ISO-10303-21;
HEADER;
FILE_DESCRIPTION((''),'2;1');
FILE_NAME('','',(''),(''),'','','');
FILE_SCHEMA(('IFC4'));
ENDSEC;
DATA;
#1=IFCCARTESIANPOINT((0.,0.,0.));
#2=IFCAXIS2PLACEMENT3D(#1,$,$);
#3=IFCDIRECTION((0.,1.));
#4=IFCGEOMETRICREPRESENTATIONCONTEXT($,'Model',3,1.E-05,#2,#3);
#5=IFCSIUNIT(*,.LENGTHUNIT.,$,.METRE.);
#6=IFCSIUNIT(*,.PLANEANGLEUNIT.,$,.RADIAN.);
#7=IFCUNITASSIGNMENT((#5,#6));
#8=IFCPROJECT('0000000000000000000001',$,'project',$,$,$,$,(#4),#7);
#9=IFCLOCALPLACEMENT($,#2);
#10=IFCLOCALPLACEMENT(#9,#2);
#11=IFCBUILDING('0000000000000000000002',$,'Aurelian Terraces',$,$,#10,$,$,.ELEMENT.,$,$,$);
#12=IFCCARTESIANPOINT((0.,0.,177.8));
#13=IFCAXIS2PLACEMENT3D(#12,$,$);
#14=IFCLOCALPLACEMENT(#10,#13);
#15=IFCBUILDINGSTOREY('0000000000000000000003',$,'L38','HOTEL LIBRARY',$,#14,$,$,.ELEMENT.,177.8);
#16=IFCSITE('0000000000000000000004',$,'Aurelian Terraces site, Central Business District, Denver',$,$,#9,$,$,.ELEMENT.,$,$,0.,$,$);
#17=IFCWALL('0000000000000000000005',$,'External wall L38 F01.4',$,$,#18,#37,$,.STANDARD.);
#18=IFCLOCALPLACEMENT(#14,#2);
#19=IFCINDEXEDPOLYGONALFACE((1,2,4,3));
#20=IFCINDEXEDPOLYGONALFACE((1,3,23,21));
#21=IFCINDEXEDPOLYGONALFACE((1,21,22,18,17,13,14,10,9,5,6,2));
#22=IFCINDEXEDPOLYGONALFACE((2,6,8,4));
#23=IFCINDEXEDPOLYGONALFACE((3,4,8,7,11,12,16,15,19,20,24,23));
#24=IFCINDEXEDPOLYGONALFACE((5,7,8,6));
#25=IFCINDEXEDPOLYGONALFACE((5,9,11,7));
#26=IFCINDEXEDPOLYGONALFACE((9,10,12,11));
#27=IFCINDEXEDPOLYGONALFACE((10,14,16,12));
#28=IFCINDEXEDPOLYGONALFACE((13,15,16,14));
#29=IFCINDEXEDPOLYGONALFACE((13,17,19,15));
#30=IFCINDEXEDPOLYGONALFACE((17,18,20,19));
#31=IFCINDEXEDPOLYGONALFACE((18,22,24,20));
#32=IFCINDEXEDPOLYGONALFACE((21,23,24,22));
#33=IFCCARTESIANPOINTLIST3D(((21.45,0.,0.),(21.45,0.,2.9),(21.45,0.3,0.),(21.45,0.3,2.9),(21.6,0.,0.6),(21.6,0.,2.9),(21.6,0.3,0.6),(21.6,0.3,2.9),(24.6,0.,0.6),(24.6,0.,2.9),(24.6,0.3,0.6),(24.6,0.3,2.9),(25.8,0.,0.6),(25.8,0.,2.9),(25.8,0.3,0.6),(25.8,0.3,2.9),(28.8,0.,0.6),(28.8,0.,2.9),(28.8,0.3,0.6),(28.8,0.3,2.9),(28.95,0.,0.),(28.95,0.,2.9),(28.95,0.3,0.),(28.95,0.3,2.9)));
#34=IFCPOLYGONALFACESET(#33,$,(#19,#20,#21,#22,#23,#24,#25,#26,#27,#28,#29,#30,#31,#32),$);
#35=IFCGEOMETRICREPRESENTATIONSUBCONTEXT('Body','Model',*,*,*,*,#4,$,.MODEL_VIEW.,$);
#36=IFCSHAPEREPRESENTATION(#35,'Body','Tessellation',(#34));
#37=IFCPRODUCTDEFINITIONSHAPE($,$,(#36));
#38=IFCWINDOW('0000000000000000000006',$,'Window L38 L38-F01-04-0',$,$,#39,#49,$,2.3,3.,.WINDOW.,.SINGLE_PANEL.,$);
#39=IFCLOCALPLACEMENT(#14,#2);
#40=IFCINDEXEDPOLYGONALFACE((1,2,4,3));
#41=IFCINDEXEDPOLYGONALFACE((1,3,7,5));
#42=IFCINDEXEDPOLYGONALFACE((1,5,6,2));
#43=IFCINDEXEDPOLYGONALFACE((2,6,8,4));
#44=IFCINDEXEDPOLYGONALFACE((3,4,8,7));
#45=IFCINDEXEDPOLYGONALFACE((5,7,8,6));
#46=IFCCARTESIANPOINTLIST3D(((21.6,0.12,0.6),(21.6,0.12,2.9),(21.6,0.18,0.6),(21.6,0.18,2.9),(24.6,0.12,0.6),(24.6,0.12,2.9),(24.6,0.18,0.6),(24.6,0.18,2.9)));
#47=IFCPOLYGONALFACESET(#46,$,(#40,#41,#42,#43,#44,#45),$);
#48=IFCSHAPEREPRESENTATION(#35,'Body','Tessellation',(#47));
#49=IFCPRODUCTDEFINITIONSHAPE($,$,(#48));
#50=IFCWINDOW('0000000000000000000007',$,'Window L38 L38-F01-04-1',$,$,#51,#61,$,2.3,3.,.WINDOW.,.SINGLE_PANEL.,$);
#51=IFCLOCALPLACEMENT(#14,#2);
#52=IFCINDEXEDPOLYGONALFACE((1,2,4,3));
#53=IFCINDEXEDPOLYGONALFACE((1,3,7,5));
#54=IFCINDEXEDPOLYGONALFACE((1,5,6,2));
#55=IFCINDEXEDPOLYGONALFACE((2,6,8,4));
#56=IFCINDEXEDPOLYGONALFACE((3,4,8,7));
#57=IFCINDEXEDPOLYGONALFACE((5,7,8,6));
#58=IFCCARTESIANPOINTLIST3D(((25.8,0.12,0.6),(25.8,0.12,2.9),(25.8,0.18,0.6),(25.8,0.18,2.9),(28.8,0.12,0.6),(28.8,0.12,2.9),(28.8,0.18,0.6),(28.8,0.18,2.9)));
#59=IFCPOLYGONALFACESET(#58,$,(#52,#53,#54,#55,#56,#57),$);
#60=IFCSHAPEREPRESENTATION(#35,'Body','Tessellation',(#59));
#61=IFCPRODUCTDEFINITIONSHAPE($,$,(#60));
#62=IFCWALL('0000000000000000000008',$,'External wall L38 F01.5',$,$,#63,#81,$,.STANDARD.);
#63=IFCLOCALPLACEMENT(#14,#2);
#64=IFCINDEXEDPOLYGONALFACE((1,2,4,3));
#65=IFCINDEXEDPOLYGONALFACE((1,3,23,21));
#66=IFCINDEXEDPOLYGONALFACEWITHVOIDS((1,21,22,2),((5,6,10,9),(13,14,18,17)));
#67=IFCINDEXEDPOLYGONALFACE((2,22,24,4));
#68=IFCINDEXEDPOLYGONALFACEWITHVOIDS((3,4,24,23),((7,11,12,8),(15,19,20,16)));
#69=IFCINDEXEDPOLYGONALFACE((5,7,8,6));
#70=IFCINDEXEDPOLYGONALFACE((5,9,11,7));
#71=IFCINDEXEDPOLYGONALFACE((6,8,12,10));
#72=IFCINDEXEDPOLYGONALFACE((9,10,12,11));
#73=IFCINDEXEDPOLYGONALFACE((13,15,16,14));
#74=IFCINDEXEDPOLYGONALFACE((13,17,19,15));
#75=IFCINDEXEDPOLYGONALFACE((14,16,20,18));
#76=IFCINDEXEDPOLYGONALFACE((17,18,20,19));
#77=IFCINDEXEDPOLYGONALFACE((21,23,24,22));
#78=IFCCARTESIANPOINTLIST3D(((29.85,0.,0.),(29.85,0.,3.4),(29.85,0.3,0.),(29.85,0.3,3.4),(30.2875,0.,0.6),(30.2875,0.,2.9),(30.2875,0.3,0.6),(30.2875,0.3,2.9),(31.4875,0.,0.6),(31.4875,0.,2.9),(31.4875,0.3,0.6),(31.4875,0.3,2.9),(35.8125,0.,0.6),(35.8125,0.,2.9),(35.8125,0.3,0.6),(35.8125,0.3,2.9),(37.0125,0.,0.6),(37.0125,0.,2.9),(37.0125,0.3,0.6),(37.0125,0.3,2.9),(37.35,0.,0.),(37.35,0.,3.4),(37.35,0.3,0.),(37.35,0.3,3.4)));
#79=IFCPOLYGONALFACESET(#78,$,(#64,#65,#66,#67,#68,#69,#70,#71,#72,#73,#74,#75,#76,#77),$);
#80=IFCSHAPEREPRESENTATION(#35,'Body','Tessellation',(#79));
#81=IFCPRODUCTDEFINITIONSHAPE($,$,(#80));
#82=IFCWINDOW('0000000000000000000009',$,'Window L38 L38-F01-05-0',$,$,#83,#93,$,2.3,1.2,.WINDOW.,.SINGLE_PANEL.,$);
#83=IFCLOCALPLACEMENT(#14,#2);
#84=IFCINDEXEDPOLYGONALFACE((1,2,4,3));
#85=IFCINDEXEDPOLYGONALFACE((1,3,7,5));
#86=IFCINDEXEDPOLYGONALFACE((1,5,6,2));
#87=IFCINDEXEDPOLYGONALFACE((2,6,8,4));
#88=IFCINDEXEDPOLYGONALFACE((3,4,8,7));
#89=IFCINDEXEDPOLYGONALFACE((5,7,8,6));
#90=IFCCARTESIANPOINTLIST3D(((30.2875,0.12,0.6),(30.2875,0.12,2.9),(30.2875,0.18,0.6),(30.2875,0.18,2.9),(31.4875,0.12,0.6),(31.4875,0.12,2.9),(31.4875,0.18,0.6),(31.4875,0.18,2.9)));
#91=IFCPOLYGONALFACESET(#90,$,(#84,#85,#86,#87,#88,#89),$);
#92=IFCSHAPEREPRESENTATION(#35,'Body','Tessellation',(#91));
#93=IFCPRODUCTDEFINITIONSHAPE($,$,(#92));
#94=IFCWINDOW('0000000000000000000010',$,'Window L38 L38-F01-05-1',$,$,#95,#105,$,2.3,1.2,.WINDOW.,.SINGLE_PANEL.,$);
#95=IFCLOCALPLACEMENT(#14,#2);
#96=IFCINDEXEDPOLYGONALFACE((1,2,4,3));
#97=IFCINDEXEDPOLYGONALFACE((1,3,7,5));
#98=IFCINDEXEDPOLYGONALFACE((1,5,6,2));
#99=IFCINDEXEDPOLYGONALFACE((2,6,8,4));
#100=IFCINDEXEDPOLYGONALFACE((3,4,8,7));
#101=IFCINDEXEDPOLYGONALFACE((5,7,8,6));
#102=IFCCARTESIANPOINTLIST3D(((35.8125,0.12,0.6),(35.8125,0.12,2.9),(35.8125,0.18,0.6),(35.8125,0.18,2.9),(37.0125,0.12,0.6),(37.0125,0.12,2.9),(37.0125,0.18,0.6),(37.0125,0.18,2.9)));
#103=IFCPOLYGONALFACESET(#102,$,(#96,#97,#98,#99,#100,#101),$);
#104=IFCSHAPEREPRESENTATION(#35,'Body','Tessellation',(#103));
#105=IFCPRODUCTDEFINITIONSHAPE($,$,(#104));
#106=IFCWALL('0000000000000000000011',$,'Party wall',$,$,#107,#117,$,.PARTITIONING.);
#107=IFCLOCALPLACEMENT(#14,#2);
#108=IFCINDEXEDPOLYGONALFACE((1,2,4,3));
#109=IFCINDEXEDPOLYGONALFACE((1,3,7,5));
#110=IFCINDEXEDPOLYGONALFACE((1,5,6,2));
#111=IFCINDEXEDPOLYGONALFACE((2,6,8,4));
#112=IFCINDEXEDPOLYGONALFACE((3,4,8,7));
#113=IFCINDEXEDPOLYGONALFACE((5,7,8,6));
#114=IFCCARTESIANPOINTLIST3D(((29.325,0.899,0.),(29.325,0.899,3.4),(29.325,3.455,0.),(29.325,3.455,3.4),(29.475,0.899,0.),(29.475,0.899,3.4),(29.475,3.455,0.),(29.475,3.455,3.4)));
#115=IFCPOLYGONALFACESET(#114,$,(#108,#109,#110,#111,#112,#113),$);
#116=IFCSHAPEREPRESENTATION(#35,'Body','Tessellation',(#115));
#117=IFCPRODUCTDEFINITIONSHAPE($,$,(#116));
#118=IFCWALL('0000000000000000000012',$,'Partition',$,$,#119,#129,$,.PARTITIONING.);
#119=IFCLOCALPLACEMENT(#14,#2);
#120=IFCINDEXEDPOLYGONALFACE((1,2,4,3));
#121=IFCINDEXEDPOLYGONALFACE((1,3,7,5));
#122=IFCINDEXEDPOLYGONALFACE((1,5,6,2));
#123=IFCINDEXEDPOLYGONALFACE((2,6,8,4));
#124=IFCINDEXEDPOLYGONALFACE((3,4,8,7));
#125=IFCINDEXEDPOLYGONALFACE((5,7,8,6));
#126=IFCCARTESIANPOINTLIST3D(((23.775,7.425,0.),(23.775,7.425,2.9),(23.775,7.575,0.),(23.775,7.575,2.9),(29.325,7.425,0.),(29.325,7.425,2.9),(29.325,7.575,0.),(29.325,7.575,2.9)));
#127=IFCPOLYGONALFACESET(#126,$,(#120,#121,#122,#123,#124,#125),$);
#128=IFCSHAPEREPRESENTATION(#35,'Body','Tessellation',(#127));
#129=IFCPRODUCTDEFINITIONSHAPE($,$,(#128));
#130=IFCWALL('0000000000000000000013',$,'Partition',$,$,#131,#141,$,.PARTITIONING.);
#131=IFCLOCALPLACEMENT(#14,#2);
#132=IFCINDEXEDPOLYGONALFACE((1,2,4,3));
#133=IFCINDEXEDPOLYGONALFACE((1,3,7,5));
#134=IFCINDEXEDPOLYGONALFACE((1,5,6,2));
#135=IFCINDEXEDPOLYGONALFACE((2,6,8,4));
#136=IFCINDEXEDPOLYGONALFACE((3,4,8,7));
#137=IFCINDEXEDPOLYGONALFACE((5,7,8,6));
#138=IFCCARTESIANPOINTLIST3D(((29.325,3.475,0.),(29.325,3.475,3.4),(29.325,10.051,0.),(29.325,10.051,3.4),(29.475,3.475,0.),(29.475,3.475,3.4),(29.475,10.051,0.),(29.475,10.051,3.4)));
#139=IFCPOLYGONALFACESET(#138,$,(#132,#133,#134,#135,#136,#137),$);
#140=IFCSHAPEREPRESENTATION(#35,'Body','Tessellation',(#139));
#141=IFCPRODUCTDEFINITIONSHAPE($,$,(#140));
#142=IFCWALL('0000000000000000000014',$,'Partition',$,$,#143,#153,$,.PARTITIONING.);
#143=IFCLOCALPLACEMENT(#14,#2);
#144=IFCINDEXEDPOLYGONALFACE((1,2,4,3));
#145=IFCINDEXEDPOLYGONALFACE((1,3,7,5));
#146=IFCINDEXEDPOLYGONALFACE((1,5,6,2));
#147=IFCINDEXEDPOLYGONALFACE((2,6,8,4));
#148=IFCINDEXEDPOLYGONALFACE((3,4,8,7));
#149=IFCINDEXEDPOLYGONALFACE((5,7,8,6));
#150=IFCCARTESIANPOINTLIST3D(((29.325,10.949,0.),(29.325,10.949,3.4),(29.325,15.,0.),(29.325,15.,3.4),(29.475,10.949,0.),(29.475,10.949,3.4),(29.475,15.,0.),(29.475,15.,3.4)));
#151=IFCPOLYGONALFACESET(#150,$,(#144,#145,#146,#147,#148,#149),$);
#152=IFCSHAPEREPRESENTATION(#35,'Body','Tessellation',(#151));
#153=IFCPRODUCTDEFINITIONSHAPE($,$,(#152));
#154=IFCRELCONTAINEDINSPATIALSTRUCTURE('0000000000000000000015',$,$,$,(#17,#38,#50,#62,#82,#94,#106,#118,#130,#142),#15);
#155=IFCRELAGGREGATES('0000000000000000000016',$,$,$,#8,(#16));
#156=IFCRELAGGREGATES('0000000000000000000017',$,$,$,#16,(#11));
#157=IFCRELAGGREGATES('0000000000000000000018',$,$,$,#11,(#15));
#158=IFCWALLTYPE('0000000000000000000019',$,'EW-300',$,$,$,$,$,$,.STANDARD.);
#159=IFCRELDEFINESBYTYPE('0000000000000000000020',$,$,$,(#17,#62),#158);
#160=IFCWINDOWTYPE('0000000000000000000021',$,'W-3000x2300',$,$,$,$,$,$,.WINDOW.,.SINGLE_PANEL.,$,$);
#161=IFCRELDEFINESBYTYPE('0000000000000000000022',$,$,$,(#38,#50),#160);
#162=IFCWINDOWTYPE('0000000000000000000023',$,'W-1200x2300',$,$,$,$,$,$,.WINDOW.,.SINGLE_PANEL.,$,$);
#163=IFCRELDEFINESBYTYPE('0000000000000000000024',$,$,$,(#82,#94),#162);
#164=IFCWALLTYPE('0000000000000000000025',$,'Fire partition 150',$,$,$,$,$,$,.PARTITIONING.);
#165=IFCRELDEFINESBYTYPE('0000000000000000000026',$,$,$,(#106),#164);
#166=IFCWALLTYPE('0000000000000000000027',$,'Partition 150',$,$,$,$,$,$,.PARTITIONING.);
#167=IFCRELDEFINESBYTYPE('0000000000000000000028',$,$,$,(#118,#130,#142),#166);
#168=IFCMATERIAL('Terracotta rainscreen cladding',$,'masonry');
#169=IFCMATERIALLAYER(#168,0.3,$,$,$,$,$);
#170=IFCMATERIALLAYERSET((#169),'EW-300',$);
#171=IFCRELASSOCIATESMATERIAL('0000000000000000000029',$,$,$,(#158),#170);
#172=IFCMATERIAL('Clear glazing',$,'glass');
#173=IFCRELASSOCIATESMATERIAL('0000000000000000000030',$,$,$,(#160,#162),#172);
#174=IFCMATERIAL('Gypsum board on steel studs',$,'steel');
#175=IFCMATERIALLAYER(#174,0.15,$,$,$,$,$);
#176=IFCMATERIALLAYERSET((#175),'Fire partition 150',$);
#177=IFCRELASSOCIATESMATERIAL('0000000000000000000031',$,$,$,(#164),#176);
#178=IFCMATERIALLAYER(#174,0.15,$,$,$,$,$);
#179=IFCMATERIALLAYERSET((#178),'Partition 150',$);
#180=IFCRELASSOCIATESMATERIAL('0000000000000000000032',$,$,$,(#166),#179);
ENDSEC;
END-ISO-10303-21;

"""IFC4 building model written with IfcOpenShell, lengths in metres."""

from ifc_helpers import new_model, si_unit, direction, frame, frame_2d, origin, place, context, subcontext, project, spatial, rectangle, extrude, source, transform, mapped, material, layer, layer_set, type_object, element, fill, save


model = new_model("IFC4")

# Units and contexts
model_context = context("Model", 3, precision=1e-05, world=origin(), true_north=direction((0.0, 1.0)))
body_context = subcontext(model_context, "Body", "Model", "MODEL_VIEW")
ifc_project = project(units=[si_unit("LENGTHUNIT", "METRE"), si_unit("PLANEANGLEUNIT", "RADIAN")], contexts=[model_context])

# Site, building, storey
site_placement = place(None, origin())
site = spatial("IfcSite", under=ifc_project, at=site_placement, Name="Aurelian Terraces site, Central Business District, Denver", CompositionType="ELEMENT", RefElevation=0.0)
building_placement = place(site_placement, origin())
building = spatial("IfcBuilding", under=site, at=building_placement, Name="Aurelian Terraces", CompositionType="ELEMENT")
storey_placement = place(building_placement, frame((0.0, 0.0, 177.8)))
storey = spatial("IfcBuildingStorey", under=building, at=storey_placement, Name="L38", Description="HOTEL LIBRARY", CompositionType="ELEMENT", Elevation=177.8)

# Walls, openings, windows
ifc_material_1 = material(Name="Terracotta rainscreen cladding", Category="masonry")
ifc_layer_1 = layer(ifc_material_1, 0.3)
ifc_layer_set_1 = layer_set([ifc_layer_1], Name="EW-300")
wall_type_1 = type_object("IfcWallType", Name="EW-300", PredefinedType="STANDARD", material=ifc_layer_set_1)
wall_1_placement = place(storey_placement, frame((21.45, 0.15, 0.0), z_axis=(0.0, 0.0, 1.0), x_axis=(1.0, 0.0, 0.0)))
wall_1 = element("IfcWall", 1, at=wall_1_placement, inside=storey, type_object=wall_type_1, Name="External wall L38 F01.4", PredefinedType="STANDARD", context=body_context, shape_type="SweptSolid", body=[
    extrude(rectangle(XDim=7.5, YDim=0.3, at=frame_2d((3.75, 0.0))), origin(), (0.0, 0.0, 1.0), 2.9),
])
opening_1_placement = place(wall_1_placement, frame((0.15, 0.0, 0.6)))
opening_1 = element("IfcOpeningElement", 2, at=opening_1_placement, cuts=wall_1, PredefinedType="OPENING", context=body_context, shape_type="SweptSolid", body=[
    extrude(rectangle(XDim=3.0, YDim=2.3, at=frame_2d((1.5, 1.15))), frame((0.0, 0.16, 0.0), z_axis=(0.0, -1.0, 0.0), x_axis=(1.0, 0.0, 0.0)), (0.0, 0.0, 1.0), 0.32),
])
shared_shape_1 = source(origin(), body_context, "Body", "SweptSolid", [
    extrude(rectangle(XDim=3.0, YDim=2.3, at=frame_2d((1.5, 1.15))), frame((0.0, 0.16, 0.0), z_axis=(0.0, -1.0, 0.0), x_axis=(1.0, 0.0, 0.0)), (0.0, 0.0, 1.0), 0.32),
])
opening_2_placement = place(wall_1_placement, frame((4.35, 0.0, 0.6)))
opening_2 = element("IfcOpeningElement", 3, at=opening_2_placement, cuts=wall_1, PredefinedType="OPENING", context=body_context, shape_type="MappedRepresentation", body=[
    mapped(shared_shape_1, transform((0.0, 0.0, 0.0), scale=1.0)),
])
ifc_material_2 = material(Name="Clear glazing", Category="glass")
window_type_1 = type_object("IfcWindowType", Name="W-3000x2300", PartitioningType="SINGLE_PANEL", PredefinedType="WINDOW", material=ifc_material_2)
window_1_placement = place(opening_1_placement, origin())
window_1 = element("IfcWindow", 4, at=window_1_placement, inside=storey, type_object=window_type_1, Name="Window L38 L38-F01-04-0", OverallHeight=2.3, OverallWidth=3.0, PartitioningType="SINGLE_PANEL", PredefinedType="WINDOW", context=body_context, shape_type="SweptSolid", body=[
    extrude(rectangle(XDim=3.0, YDim=2.3, at=frame_2d((1.5, 1.15))), frame((0.0, 0.03, 0.0), z_axis=(0.0, -1.0, 0.0), x_axis=(1.0, 0.0, 0.0)), (0.0, 0.0, 1.0), 0.06),
])
fill(opening_1, window_1)
shared_shape_2 = source(origin(), body_context, "Body", "SweptSolid", [
    extrude(rectangle(XDim=3.0, YDim=2.3, at=frame_2d((1.5, 1.15))), frame((0.0, 0.03, 0.0), z_axis=(0.0, -1.0, 0.0), x_axis=(1.0, 0.0, 0.0)), (0.0, 0.0, 1.0), 0.06),
])
window_2_placement = place(opening_2_placement, origin())
window_2 = element("IfcWindow", 5, at=window_2_placement, inside=storey, type_object=window_type_1, Name="Window L38 L38-F01-04-1", OverallHeight=2.3, OverallWidth=3.0, PartitioningType="SINGLE_PANEL", PredefinedType="WINDOW", context=body_context, shape_type="MappedRepresentation", body=[
    mapped(shared_shape_2, transform((0.0, 0.0, 0.0), scale=1.0)),
])
fill(opening_2, window_2)
wall_2_placement = place(storey_placement, frame((29.85, 0.15, 0.0), z_axis=(0.0, 0.0, 1.0), x_axis=(1.0, 0.0, 0.0)))
wall_2 = element("IfcWall", 6, at=wall_2_placement, inside=storey, type_object=wall_type_1, Name="External wall L38 F01.5", PredefinedType="STANDARD", context=body_context, shape_type="SweptSolid", body=[
    extrude(rectangle(XDim=7.5, YDim=0.3, at=frame_2d((3.75, 0.0))), origin(), (0.0, 0.0, 1.0), 3.4),
])
opening_3_placement = place(wall_2_placement, frame((0.4375, 0.0, 0.6)))
opening_3 = element("IfcOpeningElement", 7, at=opening_3_placement, cuts=wall_2, PredefinedType="OPENING", context=body_context, shape_type="SweptSolid", body=[
    extrude(rectangle(XDim=1.2, YDim=2.3, at=frame_2d((0.6, 1.15))), frame((0.0, 0.16, 0.0), z_axis=(0.0, -1.0, 0.0), x_axis=(1.0, 0.0, 0.0)), (0.0, 0.0, 1.0), 0.32),
])
shared_shape_3 = source(origin(), body_context, "Body", "SweptSolid", [
    extrude(rectangle(XDim=1.2, YDim=2.3, at=frame_2d((0.6, 1.15))), frame((0.0, 0.16, 0.0), z_axis=(0.0, -1.0, 0.0), x_axis=(1.0, 0.0, 0.0)), (0.0, 0.0, 1.0), 0.32),
])
opening_4_placement = place(wall_2_placement, frame((5.9625, 0.0, 0.6)))
opening_4 = element("IfcOpeningElement", 8, at=opening_4_placement, cuts=wall_2, PredefinedType="OPENING", context=body_context, shape_type="MappedRepresentation", body=[
    mapped(shared_shape_3, transform((0.0, 0.0, 0.0), scale=1.0)),
])
window_type_2 = type_object("IfcWindowType", Name="W-1200x2300", PartitioningType="SINGLE_PANEL", PredefinedType="WINDOW", material=ifc_material_2)
window_3_placement = place(opening_3_placement, origin())
window_3 = element("IfcWindow", 9, at=window_3_placement, inside=storey, type_object=window_type_2, Name="Window L38 L38-F01-05-0", OverallHeight=2.3, OverallWidth=1.2, PartitioningType="SINGLE_PANEL", PredefinedType="WINDOW", context=body_context, shape_type="SweptSolid", body=[
    extrude(rectangle(XDim=1.2, YDim=2.3, at=frame_2d((0.6, 1.15))), frame((0.0, 0.03, 0.0), z_axis=(0.0, -1.0, 0.0), x_axis=(1.0, 0.0, 0.0)), (0.0, 0.0, 1.0), 0.06),
])
fill(opening_3, window_3)
shared_shape_4 = source(origin(), body_context, "Body", "SweptSolid", [
    extrude(rectangle(XDim=1.2, YDim=2.3, at=frame_2d((0.6, 1.15))), frame((0.0, 0.03, 0.0), z_axis=(0.0, -1.0, 0.0), x_axis=(1.0, 0.0, 0.0)), (0.0, 0.0, 1.0), 0.06),
])
window_4_placement = place(opening_4_placement, origin())
window_4 = element("IfcWindow", 10, at=window_4_placement, inside=storey, type_object=window_type_2, Name="Window L38 L38-F01-05-1", OverallHeight=2.3, OverallWidth=1.2, PartitioningType="SINGLE_PANEL", PredefinedType="WINDOW", context=body_context, shape_type="MappedRepresentation", body=[
    mapped(shared_shape_4, transform((0.0, 0.0, 0.0), scale=1.0)),
])
fill(opening_4, window_4)

# Walls
ifc_material_3 = material(Name="Gypsum board on steel studs", Category="steel")
ifc_layer_2 = layer(ifc_material_3, 0.15)
ifc_layer_set_2 = layer_set([ifc_layer_2], Name="Fire partition 150")
wall_type_2 = type_object("IfcWallType", Name="Fire partition 150", PredefinedType="PARTITIONING", material=ifc_layer_set_2)
wall_3_placement = place(storey_placement, frame((29.4, 0.899, 0.0), z_axis=(0.0, 0.0, 1.0), x_axis=(0.0, 1.0, 0.0)))
element("IfcWall", 11, at=wall_3_placement, inside=storey, type_object=wall_type_2, Name="Party wall", PredefinedType="PARTITIONING", context=body_context, shape_type="SweptSolid", body=[
    extrude(rectangle(XDim=2.556, YDim=0.15, at=frame_2d((1.278, 0.0))), origin(), (0.0, 0.0, 1.0), 3.4),
])
ifc_layer_3 = layer(ifc_material_3, 0.15)
ifc_layer_set_3 = layer_set([ifc_layer_3], Name="Partition 150")
wall_type_3 = type_object("IfcWallType", Name="Partition 150", PredefinedType="PARTITIONING", material=ifc_layer_set_3)
wall_4_placement = place(storey_placement, frame((29.325, 7.5, 0.0), z_axis=(0.0, 0.0, 1.0), x_axis=(-1.0, 0.0, 0.0)))
element("IfcWall", 12, at=wall_4_placement, inside=storey, type_object=wall_type_3, Name="Partition", PredefinedType="PARTITIONING", context=body_context, shape_type="SweptSolid", body=[
    extrude(rectangle(XDim=5.55, YDim=0.15, at=frame_2d((2.775, 0.0))), origin(), (0.0, 0.0, 1.0), 2.9),
])
wall_5_placement = place(storey_placement, frame((29.4, 3.475, 0.0), z_axis=(0.0, 0.0, 1.0), x_axis=(0.0, 1.0, 0.0)))
element("IfcWall", 13, at=wall_5_placement, inside=storey, type_object=wall_type_3, Name="Partition", PredefinedType="PARTITIONING", context=body_context, shape_type="SweptSolid", body=[
    extrude(rectangle(XDim=6.576, YDim=0.15, at=frame_2d((3.288, 0.0))), origin(), (0.0, 0.0, 1.0), 3.4),
])
wall_6_placement = place(storey_placement, frame((29.4, 10.949, 0.0), z_axis=(0.0, 0.0, 1.0), x_axis=(0.0, 1.0, 0.0)))
element("IfcWall", 14, at=wall_6_placement, inside=storey, type_object=wall_type_3, Name="Partition", PredefinedType="PARTITIONING", context=body_context, shape_type="SweptSolid", body=[
    extrude(rectangle(XDim=4.051, YDim=0.15, at=frame_2d((2.0255, 0.0))), origin(), (0.0, 0.0, 1.0), 3.4),
])

save(model, "model.ifc")
